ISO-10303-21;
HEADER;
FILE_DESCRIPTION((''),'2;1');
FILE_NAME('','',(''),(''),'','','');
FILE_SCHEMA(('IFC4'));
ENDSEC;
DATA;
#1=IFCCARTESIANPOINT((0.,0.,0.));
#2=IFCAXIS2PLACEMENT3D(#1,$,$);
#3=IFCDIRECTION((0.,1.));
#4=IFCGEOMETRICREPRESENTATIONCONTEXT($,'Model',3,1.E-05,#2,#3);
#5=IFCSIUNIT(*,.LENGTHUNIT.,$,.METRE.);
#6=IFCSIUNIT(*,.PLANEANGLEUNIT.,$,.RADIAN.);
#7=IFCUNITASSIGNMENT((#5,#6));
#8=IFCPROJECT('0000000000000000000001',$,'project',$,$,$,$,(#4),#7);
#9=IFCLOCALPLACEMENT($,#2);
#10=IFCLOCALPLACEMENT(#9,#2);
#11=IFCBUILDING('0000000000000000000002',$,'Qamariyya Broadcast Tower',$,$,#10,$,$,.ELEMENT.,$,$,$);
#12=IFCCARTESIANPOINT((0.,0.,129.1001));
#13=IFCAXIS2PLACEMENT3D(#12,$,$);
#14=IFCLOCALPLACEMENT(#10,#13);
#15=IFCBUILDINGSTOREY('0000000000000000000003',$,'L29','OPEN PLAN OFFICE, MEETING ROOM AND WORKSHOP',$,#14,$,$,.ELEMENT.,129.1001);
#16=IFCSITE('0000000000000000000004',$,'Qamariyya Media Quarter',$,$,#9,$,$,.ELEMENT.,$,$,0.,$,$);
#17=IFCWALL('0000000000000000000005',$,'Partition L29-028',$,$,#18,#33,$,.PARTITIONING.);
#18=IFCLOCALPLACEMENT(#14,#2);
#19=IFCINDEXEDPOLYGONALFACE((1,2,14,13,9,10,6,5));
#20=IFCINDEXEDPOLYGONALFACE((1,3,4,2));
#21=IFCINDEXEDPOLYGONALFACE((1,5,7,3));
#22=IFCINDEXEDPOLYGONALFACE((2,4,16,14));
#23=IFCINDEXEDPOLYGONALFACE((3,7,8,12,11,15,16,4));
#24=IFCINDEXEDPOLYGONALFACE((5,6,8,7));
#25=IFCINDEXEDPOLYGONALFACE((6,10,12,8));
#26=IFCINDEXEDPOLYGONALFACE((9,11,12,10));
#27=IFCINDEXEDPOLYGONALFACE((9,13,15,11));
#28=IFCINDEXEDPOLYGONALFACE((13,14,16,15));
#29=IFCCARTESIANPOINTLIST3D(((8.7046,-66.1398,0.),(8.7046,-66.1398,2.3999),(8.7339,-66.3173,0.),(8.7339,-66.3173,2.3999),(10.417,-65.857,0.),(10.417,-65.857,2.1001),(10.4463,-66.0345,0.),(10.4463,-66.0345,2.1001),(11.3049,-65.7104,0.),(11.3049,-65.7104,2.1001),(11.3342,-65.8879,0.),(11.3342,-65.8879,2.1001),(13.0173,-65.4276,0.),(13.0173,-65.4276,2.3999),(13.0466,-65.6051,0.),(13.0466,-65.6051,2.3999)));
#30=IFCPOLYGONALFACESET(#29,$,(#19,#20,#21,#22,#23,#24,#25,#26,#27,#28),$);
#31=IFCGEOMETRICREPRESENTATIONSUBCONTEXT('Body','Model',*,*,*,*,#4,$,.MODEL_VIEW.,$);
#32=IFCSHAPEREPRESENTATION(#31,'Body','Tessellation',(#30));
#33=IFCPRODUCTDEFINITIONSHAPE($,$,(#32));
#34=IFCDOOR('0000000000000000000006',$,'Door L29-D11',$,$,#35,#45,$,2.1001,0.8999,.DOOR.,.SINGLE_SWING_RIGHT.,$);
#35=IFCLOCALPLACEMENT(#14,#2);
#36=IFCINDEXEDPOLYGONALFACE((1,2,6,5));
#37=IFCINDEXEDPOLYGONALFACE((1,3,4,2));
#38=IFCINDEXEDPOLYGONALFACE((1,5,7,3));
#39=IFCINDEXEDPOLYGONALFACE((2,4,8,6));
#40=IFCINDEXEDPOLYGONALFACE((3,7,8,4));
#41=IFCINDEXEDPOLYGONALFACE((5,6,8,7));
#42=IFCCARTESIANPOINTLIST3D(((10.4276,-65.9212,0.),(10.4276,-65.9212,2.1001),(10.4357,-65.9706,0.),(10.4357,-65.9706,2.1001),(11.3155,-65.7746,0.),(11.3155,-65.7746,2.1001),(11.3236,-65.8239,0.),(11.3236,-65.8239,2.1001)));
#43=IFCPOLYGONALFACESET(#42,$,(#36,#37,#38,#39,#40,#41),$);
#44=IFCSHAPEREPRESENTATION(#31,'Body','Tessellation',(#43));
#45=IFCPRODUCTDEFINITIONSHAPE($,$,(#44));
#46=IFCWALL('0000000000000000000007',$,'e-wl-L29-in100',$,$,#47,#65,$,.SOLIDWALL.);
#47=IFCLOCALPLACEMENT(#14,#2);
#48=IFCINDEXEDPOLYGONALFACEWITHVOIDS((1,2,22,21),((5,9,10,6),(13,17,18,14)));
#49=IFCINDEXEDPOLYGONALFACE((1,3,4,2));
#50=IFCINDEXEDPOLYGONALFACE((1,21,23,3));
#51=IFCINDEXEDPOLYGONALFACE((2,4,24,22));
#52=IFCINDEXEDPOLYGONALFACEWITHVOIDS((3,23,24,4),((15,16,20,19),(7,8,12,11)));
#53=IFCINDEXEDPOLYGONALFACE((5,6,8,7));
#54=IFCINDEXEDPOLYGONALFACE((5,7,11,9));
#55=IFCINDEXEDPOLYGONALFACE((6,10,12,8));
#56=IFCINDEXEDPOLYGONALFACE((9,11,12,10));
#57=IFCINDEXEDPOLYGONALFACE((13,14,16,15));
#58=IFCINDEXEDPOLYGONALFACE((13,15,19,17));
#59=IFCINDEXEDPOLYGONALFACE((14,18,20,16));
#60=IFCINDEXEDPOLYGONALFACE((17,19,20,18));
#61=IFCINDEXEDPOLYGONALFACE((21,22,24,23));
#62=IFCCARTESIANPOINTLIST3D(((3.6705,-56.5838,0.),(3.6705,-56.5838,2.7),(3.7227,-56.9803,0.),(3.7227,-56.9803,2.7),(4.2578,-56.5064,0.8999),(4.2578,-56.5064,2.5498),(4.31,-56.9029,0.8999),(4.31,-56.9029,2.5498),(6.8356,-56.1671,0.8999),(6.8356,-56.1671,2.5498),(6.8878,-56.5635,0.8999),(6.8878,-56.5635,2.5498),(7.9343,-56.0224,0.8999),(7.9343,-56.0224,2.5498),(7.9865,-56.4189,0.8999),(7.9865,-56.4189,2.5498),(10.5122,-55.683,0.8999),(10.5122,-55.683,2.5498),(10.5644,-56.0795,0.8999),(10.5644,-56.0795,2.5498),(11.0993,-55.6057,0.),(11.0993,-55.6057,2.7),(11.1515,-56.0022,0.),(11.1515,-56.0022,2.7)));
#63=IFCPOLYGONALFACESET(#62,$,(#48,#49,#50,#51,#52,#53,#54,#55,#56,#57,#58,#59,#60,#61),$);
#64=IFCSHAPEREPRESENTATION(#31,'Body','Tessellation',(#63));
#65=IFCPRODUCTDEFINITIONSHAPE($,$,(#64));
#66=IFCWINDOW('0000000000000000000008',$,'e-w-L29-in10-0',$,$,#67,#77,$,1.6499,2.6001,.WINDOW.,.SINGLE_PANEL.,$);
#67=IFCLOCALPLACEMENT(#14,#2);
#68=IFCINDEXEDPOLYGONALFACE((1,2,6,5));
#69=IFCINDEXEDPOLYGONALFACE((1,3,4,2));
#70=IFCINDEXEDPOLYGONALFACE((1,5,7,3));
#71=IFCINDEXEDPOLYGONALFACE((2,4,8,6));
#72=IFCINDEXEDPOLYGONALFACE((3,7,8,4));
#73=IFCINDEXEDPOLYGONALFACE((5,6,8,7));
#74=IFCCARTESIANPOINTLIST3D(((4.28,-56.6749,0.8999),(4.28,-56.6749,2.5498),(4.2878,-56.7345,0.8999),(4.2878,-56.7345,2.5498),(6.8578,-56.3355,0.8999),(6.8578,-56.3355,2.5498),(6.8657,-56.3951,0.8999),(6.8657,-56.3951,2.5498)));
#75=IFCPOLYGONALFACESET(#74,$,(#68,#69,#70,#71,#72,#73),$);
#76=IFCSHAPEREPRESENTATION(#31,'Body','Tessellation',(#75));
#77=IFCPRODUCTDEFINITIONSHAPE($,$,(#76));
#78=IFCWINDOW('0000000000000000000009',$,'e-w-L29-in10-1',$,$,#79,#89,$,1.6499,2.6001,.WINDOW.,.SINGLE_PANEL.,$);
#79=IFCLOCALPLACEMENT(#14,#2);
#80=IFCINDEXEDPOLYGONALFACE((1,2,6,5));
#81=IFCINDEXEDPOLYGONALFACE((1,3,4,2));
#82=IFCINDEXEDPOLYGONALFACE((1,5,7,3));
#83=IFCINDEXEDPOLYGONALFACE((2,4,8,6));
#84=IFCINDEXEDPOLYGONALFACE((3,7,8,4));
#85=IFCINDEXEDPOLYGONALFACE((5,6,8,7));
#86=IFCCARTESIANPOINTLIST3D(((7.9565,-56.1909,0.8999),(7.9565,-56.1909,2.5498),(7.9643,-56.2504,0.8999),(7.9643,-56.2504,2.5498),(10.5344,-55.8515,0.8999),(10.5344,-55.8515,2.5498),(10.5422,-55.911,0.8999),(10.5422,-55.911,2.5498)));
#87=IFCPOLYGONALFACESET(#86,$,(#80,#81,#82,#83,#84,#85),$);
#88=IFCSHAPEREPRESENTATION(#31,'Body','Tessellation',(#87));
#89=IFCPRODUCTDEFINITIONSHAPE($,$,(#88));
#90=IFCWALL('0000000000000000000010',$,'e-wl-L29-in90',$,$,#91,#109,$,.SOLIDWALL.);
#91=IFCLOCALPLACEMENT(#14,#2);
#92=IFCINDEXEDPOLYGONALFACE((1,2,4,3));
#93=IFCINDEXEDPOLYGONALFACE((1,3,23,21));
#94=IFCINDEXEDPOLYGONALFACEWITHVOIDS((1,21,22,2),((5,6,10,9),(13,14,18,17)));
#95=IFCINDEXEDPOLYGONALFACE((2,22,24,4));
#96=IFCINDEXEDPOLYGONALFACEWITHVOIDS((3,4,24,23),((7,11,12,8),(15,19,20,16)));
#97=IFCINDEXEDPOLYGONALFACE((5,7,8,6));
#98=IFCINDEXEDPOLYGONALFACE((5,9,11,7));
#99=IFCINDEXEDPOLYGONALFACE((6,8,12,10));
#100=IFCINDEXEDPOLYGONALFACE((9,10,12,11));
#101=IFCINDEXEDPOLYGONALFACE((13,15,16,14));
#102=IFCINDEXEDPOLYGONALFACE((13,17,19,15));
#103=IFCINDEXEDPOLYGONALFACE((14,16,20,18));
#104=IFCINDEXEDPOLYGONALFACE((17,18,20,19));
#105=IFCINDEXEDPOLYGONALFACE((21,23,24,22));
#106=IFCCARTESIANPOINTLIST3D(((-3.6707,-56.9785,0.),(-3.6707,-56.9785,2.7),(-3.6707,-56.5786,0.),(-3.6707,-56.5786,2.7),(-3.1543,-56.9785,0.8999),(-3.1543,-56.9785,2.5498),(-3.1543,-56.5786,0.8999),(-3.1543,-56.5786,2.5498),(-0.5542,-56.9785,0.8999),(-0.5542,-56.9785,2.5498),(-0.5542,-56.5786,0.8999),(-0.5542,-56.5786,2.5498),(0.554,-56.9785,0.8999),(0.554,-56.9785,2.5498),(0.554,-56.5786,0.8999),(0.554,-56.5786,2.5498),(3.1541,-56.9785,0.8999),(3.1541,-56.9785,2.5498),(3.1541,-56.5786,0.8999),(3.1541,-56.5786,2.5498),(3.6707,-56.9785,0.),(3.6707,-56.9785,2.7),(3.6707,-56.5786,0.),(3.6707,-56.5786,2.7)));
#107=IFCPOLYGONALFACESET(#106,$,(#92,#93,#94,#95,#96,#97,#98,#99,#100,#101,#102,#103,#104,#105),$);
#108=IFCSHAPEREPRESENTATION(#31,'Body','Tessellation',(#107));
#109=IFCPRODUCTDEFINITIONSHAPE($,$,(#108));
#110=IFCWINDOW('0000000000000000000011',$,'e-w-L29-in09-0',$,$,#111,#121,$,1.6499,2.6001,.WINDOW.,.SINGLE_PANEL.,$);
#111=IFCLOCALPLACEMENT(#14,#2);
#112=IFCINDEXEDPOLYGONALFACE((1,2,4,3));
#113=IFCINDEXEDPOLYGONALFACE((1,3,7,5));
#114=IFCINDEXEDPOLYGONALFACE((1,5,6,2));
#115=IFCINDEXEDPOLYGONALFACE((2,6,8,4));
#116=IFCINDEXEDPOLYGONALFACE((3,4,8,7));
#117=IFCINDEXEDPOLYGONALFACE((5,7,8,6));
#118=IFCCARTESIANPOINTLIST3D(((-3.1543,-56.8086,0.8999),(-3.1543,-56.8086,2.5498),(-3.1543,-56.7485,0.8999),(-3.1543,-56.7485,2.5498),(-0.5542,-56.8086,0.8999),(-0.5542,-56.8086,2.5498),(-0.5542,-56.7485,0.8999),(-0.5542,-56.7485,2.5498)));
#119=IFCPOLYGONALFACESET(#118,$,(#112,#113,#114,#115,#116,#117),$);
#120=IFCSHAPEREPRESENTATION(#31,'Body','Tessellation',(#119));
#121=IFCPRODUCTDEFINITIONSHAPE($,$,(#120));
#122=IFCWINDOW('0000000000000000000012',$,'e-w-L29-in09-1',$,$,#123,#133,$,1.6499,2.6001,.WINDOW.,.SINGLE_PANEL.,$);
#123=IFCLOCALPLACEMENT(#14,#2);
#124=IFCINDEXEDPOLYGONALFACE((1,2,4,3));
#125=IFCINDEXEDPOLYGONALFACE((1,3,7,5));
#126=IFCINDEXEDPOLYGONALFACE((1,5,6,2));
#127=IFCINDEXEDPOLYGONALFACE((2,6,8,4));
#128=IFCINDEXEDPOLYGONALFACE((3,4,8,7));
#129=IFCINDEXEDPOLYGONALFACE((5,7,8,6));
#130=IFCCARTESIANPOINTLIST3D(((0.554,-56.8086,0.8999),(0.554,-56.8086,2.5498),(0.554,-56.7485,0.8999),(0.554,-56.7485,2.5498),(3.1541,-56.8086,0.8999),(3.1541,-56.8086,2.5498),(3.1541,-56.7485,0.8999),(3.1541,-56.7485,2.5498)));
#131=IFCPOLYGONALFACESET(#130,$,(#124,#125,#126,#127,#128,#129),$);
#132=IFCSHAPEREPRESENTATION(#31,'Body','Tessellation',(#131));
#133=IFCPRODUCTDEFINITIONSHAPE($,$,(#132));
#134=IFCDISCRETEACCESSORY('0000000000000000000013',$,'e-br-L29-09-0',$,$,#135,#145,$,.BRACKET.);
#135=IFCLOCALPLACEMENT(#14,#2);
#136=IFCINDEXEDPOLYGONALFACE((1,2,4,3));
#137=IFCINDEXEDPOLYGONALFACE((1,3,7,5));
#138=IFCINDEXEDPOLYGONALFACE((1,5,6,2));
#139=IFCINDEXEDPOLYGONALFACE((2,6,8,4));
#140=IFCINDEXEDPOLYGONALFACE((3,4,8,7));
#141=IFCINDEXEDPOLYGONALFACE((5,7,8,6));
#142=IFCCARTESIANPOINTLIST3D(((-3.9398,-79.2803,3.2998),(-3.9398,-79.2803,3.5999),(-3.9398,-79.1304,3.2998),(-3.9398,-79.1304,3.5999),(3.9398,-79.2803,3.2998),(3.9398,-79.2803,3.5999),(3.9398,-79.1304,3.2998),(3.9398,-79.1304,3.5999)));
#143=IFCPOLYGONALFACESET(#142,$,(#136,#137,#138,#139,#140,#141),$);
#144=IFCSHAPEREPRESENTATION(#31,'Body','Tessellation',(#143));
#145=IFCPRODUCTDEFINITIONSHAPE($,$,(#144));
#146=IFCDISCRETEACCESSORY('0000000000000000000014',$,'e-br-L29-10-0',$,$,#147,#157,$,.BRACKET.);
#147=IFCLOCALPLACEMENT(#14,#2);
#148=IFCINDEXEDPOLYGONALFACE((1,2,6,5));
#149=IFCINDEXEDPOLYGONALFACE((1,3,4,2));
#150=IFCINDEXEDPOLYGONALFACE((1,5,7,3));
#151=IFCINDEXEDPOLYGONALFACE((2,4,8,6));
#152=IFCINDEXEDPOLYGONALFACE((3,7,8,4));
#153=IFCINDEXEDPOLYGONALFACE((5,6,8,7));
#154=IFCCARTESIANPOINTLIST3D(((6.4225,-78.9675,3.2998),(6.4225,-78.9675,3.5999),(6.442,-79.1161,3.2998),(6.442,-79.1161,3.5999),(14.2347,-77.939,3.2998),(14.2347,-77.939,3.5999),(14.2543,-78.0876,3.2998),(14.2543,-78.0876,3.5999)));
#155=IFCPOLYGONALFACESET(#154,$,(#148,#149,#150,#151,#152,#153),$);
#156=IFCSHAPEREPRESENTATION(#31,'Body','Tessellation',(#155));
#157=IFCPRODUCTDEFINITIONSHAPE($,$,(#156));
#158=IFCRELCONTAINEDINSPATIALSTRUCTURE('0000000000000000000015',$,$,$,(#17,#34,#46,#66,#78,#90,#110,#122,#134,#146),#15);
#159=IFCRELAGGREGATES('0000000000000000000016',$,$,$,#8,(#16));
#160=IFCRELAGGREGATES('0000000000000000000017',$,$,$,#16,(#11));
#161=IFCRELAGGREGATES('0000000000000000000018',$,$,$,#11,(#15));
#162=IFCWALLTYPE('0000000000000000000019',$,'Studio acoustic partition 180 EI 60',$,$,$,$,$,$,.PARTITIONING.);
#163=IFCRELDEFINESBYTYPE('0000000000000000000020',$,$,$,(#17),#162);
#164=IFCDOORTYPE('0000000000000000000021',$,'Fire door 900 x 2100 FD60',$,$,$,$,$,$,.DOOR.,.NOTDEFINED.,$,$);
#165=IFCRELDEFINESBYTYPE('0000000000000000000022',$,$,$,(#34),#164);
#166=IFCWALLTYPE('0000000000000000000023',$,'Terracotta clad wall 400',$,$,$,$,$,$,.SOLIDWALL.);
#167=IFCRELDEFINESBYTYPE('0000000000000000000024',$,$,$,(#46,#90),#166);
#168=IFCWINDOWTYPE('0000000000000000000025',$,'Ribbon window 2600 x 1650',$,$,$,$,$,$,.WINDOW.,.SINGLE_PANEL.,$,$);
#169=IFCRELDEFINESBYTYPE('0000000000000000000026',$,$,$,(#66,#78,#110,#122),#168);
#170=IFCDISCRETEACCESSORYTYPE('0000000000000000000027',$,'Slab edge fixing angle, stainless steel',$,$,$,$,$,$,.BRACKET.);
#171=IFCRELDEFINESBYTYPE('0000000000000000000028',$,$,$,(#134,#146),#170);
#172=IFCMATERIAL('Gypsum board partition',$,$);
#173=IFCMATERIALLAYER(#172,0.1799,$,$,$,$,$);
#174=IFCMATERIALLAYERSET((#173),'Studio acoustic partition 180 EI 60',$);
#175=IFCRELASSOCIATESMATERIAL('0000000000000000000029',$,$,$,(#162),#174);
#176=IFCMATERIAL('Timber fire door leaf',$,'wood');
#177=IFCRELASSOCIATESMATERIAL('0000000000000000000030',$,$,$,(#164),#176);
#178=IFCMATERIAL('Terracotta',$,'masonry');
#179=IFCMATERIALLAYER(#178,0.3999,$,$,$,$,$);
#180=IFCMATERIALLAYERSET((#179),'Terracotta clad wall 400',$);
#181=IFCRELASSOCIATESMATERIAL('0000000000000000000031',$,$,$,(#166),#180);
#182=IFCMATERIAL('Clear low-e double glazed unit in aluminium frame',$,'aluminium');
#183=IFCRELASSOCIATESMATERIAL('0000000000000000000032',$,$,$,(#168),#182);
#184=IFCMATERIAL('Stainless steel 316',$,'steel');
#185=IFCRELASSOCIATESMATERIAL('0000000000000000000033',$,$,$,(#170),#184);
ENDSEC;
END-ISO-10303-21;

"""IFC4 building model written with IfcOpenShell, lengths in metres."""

from ifc_helpers import new_model, si_unit, direction, frame, frame_2d, origin, origin_2d, place, context, subcontext, project, spatial, rectangle, extrude, material, layer, layer_set, type_object, element, fill, save


model = new_model("IFC4")

# Units and contexts
model_context = context("Model", 3, precision=1e-05, world=origin(), true_north=direction((0.0, 1.0)))
body_context = subcontext(model_context, "Body", "Model", "MODEL_VIEW")
ifc_project = project(units=[si_unit("LENGTHUNIT", "METRE"), si_unit("PLANEANGLEUNIT", "RADIAN")], contexts=[model_context])

# Site, building, storey
site_placement = place(None, origin())
site = spatial("IfcSite", under=ifc_project, at=site_placement, Name="Qamariyya Media Quarter", CompositionType="ELEMENT", RefElevation=0.0)
building_placement = place(site_placement, origin())
building = spatial("IfcBuilding", under=site, at=building_placement, Name="Qamariyya Broadcast Tower", CompositionType="ELEMENT")
storey_placement = place(building_placement, frame((0.0, 0.0, 129.1001)))
storey = spatial("IfcBuildingStorey", under=building, at=storey_placement, Name="L29", Description="OPEN PLAN OFFICE, MEETING ROOM AND WORKSHOP", CompositionType="ELEMENT", Elevation=129.1001)

# Shared definitions
ifc_material_1 = material(Name="Gypsum board partition")

# Wall, opening, door
ifc_layer_1 = layer(ifc_material_1, 0.1799)
ifc_layer_set_1 = layer_set([ifc_layer_1], Name="Studio acoustic partition 180 EI 60")
wall_type_1 = type_object("IfcWallType", Name="Studio acoustic partition 180 EI 60", PredefinedType="PARTITIONING", material=ifc_layer_set_1)
ifc_material_2 = material(Name="Timber fire door leaf", Category="wood")
wall_1_placement = place(storey_placement, frame((8.7192, -66.2285, 0.0), z_axis=(0.0, 0.0, 1.0), x_axis=(0.986639, 0.162922, 0.0)))
wall_1 = element("IfcWall", 1, at=wall_1_placement, inside=storey, type_object=wall_type_1, Name="Partition L29-028", PredefinedType="PARTITIONING", context=body_context, shape_type="SweptSolid", body=[
    extrude(rectangle(XDim=4.3711, YDim=0.1799, at=frame_2d((2.1855, 0.0))), origin(), (0.0, 0.0, 1.0), 2.3999),
])
opening_1_placement = place(wall_1_placement, frame((1.7356, 0.0, 0.0)))
opening_1 = element("IfcOpeningElement", 2, at=opening_1_placement, cuts=wall_1, PredefinedType="OPENING", context=body_context, shape_type="SweptSolid", body=[
    extrude(rectangle(XDim=0.8999, YDim=2.1001, at=frame_2d((0.45, 1.05))), frame((0.0, 0.0999, 0.0), z_axis=(0.0, -1.0, 0.0), x_axis=(1.0, 0.0, 0.0)), (0.0, 0.0, 1.0), 0.2),
])
door_type_1 = type_object("IfcDoorType", Name="Fire door 900 x 2100 FD60", OperationType="NOTDEFINED", PredefinedType="DOOR", material=ifc_material_2)
door_1_placement = place(opening_1_placement, origin())
door_1 = element("IfcDoor", 3, at=door_1_placement, inside=storey, type_object=door_type_1, Name="Door L29-D11", OperationType="SINGLE_SWING_RIGHT", OverallHeight=2.1001, OverallWidth=0.8999, PredefinedType="DOOR", context=body_context, shape_type="SweptSolid", body=[
    extrude(rectangle(XDim=0.8999, YDim=2.1001, at=frame_2d((0.45, 1.05))), frame((0.0, 0.0249, 0.0), z_axis=(0.0, -1.0, 0.0), x_axis=(1.0, 0.0, 0.0)), (0.0, 0.0, 1.0), 0.05),
])
fill(opening_1, door_1)

# Walls, openings, windows
ifc_material_3 = material(Name="Terracotta", Category="masonry")
ifc_layer_2 = layer(ifc_material_3, 0.3999)
ifc_layer_set_2 = layer_set([ifc_layer_2], Name="Terracotta clad wall 400")
wall_type_2 = type_object("IfcWallType", Name="Terracotta clad wall 400", PredefinedType="SOLIDWALL", material=ifc_layer_set_2)
wall_2_placement = place(storey_placement, frame((11.1255, -55.804, 0.0), z_axis=(0.0, 0.0, 1.0), x_axis=(-0.991445, -0.130529, 0.0)))
wall_2 = element("IfcWall", 4, at=wall_2_placement, inside=storey, type_object=wall_type_2, Name="e-wl-L29-in100", PredefinedType="SOLIDWALL", context=body_context, shape_type="SweptSolid", body=[
    extrude(rectangle(XDim=7.4929, YDim=0.3999, at=frame_2d((3.7466, 0.0))), origin(), (0.0, 0.0, 1.0), 2.7),
])
opening_2_placement = place(wall_2_placement, frame((4.3005, 0.0, 0.8999)))
opening_2 = element("IfcOpeningElement", 5, at=opening_2_placement, cuts=wall_2, PredefinedType="OPENING", context=body_context, shape_type="SweptSolid", body=[
    extrude(rectangle(XDim=2.6001, YDim=1.6499, at=frame_2d((1.3, 0.825))), frame((0.0, 0.21, 0.0), z_axis=(0.0, -1.0, 0.0), x_axis=(1.0, 0.0, 0.0)), (0.0, 0.0, 1.0), 0.4199),
])
opening_3_placement = place(wall_2_placement, frame((0.5923, 0.0, 0.8999)))
opening_3 = element("IfcOpeningElement", 6, at=opening_3_placement, cuts=wall_2, PredefinedType="OPENING", context=body_context, shape_type="SweptSolid", body=[
    extrude(rectangle(XDim=2.6001, YDim=1.6499, at=frame_2d((1.3, 0.825))), frame((0.0, 0.21, 0.0), z_axis=(0.0, -1.0, 0.0), x_axis=(1.0, 0.0, 0.0)), (0.0, 0.0, 1.0), 0.4199),
])
ifc_material_4 = material(Name="Clear low-e double glazed unit in aluminium frame", Category="aluminium")
window_type = type_object("IfcWindowType", Name="Ribbon window 2600 x 1650", PartitioningType="SINGLE_PANEL", PredefinedType="WINDOW", material=ifc_material_4)
window_1_placement = place(opening_2_placement, origin())
window_1 = element("IfcWindow", 7, at=window_1_placement, inside=storey, type_object=window_type, Name="e-w-L29-in10-0", OverallHeight=1.6499, OverallWidth=2.6001, PartitioningType="SINGLE_PANEL", PredefinedType="WINDOW", context=body_context, shape_type="SweptSolid", body=[
    extrude(rectangle(XDim=2.6001, YDim=1.6499, at=frame_2d((1.3, 0.825))), frame((0.0, 0.03, 0.0), z_axis=(0.0, -1.0, 0.0), x_axis=(1.0, 0.0, 0.0)), (0.0, 0.0, 1.0), 0.0601),
])
fill(opening_2, window_1)
window_2_placement = place(opening_3_placement, origin())
window_2 = element("IfcWindow", 8, at=window_2_placement, inside=storey, type_object=window_type, Name="e-w-L29-in10-1", OverallHeight=1.6499, OverallWidth=2.6001, PartitioningType="SINGLE_PANEL", PredefinedType="WINDOW", context=body_context, shape_type="SweptSolid", body=[
    extrude(rectangle(XDim=2.6001, YDim=1.6499, at=frame_2d((1.3, 0.825))), frame((0.0, 0.03, 0.0), z_axis=(0.0, -1.0, 0.0), x_axis=(1.0, 0.0, 0.0)), (0.0, 0.0, 1.0), 0.0601),
])
fill(opening_3, window_2)
wall_3_placement = place(storey_placement, frame((3.6707, -56.7786, 0.0), z_axis=(0.0, 0.0, 1.0), x_axis=(-1.0, 0.0, 0.0)))
wall_3 = element("IfcWall", 9, at=wall_3_placement, inside=storey, type_object=wall_type_2, Name="e-wl-L29-in90", PredefinedType="SOLIDWALL", context=body_context, shape_type="SweptSolid", body=[
    extrude(rectangle(XDim=7.3413, YDim=0.3999, at=frame_2d((3.6707, 0.0))), origin(), (0.0, 0.0, 1.0), 2.7),
])
opening_4_placement = place(wall_3_placement, frame((4.2249, 0.0, 0.8999)))
opening_4 = element("IfcOpeningElement", 10, at=opening_4_placement, cuts=wall_3, PredefinedType="OPENING", context=body_context, shape_type="SweptSolid", body=[
    extrude(rectangle(XDim=2.6001, YDim=1.6499, at=frame_2d((1.3, 0.825))), frame((0.0, 0.21, 0.0), z_axis=(0.0, -1.0, 0.0), x_axis=(1.0, 0.0, 0.0)), (0.0, 0.0, 1.0), 0.4199),
])
opening_5_placement = place(wall_3_placement, frame((0.5166, 0.0, 0.8999)))
opening_5 = element("IfcOpeningElement", 11, at=opening_5_placement, cuts=wall_3, PredefinedType="OPENING", context=body_context, shape_type="SweptSolid", body=[
    extrude(rectangle(XDim=2.6001, YDim=1.6499, at=frame_2d((1.3, 0.825))), frame((0.0, 0.21, 0.0), z_axis=(0.0, -1.0, 0.0), x_axis=(1.0, 0.0, 0.0)), (0.0, 0.0, 1.0), 0.4199),
])
window_3_placement = place(opening_4_placement, origin())
window_3 = element("IfcWindow", 12, at=window_3_placement, inside=storey, type_object=window_type, Name="e-w-L29-in09-0", OverallHeight=1.6499, OverallWidth=2.6001, PartitioningType="SINGLE_PANEL", PredefinedType="WINDOW", context=body_context, shape_type="SweptSolid", body=[
    extrude(rectangle(XDim=2.6001, YDim=1.6499, at=frame_2d((1.3, 0.825))), frame((0.0, 0.03, 0.0), z_axis=(0.0, -1.0, 0.0), x_axis=(1.0, 0.0, 0.0)), (0.0, 0.0, 1.0), 0.0601),
])
fill(opening_4, window_3)
window_4_placement = place(opening_5_placement, origin())
window_4 = element("IfcWindow", 13, at=window_4_placement, inside=storey, type_object=window_type, Name="e-w-L29-in09-1", OverallHeight=1.6499, OverallWidth=2.6001, PartitioningType="SINGLE_PANEL", PredefinedType="WINDOW", context=body_context, shape_type="SweptSolid", body=[
    extrude(rectangle(XDim=2.6001, YDim=1.6499, at=frame_2d((1.3, 0.825))), frame((0.0, 0.03, 0.0), z_axis=(0.0, -1.0, 0.0), x_axis=(1.0, 0.0, 0.0)), (0.0, 0.0, 1.0), 0.0601),
])
fill(opening_5, window_4)

# Discrete accessories
ifc_material_5 = material(Name="Stainless steel 316", Category="steel")
discrete_accessory_type = type_object("IfcDiscreteAccessoryType", Name="Slab edge fixing angle, stainless steel", PredefinedType="BRACKET", material=ifc_material_5)
for number, where, z_axis, x_axis, name in (
    (14, (0.0, -79.2053, 3.2998), (0.0, 0.0, 1.0), (1.0, 0.0, 0.0), "e-br-L29-09-0"),
    (15, (10.3384, -78.5276, 3.2998), (0.0, 0.0, 1.0), (0.991445, 0.130526, 0.0), "e-br-L29-10-0"),
):
    element("IfcDiscreteAccessory", number, at=place(storey_placement, frame(where, z_axis=z_axis, x_axis=x_axis)), inside=storey, type_object=discrete_accessory_type, Name=name, PredefinedType="BRACKET", context=body_context, shape_type="SweptSolid", body=[
        extrude(rectangle(XDim=7.8796, YDim=0.1499, at=origin_2d()), origin(), (0.0, 0.0, 1.0), 0.3),
    ])

save(model, "model.ifc")
